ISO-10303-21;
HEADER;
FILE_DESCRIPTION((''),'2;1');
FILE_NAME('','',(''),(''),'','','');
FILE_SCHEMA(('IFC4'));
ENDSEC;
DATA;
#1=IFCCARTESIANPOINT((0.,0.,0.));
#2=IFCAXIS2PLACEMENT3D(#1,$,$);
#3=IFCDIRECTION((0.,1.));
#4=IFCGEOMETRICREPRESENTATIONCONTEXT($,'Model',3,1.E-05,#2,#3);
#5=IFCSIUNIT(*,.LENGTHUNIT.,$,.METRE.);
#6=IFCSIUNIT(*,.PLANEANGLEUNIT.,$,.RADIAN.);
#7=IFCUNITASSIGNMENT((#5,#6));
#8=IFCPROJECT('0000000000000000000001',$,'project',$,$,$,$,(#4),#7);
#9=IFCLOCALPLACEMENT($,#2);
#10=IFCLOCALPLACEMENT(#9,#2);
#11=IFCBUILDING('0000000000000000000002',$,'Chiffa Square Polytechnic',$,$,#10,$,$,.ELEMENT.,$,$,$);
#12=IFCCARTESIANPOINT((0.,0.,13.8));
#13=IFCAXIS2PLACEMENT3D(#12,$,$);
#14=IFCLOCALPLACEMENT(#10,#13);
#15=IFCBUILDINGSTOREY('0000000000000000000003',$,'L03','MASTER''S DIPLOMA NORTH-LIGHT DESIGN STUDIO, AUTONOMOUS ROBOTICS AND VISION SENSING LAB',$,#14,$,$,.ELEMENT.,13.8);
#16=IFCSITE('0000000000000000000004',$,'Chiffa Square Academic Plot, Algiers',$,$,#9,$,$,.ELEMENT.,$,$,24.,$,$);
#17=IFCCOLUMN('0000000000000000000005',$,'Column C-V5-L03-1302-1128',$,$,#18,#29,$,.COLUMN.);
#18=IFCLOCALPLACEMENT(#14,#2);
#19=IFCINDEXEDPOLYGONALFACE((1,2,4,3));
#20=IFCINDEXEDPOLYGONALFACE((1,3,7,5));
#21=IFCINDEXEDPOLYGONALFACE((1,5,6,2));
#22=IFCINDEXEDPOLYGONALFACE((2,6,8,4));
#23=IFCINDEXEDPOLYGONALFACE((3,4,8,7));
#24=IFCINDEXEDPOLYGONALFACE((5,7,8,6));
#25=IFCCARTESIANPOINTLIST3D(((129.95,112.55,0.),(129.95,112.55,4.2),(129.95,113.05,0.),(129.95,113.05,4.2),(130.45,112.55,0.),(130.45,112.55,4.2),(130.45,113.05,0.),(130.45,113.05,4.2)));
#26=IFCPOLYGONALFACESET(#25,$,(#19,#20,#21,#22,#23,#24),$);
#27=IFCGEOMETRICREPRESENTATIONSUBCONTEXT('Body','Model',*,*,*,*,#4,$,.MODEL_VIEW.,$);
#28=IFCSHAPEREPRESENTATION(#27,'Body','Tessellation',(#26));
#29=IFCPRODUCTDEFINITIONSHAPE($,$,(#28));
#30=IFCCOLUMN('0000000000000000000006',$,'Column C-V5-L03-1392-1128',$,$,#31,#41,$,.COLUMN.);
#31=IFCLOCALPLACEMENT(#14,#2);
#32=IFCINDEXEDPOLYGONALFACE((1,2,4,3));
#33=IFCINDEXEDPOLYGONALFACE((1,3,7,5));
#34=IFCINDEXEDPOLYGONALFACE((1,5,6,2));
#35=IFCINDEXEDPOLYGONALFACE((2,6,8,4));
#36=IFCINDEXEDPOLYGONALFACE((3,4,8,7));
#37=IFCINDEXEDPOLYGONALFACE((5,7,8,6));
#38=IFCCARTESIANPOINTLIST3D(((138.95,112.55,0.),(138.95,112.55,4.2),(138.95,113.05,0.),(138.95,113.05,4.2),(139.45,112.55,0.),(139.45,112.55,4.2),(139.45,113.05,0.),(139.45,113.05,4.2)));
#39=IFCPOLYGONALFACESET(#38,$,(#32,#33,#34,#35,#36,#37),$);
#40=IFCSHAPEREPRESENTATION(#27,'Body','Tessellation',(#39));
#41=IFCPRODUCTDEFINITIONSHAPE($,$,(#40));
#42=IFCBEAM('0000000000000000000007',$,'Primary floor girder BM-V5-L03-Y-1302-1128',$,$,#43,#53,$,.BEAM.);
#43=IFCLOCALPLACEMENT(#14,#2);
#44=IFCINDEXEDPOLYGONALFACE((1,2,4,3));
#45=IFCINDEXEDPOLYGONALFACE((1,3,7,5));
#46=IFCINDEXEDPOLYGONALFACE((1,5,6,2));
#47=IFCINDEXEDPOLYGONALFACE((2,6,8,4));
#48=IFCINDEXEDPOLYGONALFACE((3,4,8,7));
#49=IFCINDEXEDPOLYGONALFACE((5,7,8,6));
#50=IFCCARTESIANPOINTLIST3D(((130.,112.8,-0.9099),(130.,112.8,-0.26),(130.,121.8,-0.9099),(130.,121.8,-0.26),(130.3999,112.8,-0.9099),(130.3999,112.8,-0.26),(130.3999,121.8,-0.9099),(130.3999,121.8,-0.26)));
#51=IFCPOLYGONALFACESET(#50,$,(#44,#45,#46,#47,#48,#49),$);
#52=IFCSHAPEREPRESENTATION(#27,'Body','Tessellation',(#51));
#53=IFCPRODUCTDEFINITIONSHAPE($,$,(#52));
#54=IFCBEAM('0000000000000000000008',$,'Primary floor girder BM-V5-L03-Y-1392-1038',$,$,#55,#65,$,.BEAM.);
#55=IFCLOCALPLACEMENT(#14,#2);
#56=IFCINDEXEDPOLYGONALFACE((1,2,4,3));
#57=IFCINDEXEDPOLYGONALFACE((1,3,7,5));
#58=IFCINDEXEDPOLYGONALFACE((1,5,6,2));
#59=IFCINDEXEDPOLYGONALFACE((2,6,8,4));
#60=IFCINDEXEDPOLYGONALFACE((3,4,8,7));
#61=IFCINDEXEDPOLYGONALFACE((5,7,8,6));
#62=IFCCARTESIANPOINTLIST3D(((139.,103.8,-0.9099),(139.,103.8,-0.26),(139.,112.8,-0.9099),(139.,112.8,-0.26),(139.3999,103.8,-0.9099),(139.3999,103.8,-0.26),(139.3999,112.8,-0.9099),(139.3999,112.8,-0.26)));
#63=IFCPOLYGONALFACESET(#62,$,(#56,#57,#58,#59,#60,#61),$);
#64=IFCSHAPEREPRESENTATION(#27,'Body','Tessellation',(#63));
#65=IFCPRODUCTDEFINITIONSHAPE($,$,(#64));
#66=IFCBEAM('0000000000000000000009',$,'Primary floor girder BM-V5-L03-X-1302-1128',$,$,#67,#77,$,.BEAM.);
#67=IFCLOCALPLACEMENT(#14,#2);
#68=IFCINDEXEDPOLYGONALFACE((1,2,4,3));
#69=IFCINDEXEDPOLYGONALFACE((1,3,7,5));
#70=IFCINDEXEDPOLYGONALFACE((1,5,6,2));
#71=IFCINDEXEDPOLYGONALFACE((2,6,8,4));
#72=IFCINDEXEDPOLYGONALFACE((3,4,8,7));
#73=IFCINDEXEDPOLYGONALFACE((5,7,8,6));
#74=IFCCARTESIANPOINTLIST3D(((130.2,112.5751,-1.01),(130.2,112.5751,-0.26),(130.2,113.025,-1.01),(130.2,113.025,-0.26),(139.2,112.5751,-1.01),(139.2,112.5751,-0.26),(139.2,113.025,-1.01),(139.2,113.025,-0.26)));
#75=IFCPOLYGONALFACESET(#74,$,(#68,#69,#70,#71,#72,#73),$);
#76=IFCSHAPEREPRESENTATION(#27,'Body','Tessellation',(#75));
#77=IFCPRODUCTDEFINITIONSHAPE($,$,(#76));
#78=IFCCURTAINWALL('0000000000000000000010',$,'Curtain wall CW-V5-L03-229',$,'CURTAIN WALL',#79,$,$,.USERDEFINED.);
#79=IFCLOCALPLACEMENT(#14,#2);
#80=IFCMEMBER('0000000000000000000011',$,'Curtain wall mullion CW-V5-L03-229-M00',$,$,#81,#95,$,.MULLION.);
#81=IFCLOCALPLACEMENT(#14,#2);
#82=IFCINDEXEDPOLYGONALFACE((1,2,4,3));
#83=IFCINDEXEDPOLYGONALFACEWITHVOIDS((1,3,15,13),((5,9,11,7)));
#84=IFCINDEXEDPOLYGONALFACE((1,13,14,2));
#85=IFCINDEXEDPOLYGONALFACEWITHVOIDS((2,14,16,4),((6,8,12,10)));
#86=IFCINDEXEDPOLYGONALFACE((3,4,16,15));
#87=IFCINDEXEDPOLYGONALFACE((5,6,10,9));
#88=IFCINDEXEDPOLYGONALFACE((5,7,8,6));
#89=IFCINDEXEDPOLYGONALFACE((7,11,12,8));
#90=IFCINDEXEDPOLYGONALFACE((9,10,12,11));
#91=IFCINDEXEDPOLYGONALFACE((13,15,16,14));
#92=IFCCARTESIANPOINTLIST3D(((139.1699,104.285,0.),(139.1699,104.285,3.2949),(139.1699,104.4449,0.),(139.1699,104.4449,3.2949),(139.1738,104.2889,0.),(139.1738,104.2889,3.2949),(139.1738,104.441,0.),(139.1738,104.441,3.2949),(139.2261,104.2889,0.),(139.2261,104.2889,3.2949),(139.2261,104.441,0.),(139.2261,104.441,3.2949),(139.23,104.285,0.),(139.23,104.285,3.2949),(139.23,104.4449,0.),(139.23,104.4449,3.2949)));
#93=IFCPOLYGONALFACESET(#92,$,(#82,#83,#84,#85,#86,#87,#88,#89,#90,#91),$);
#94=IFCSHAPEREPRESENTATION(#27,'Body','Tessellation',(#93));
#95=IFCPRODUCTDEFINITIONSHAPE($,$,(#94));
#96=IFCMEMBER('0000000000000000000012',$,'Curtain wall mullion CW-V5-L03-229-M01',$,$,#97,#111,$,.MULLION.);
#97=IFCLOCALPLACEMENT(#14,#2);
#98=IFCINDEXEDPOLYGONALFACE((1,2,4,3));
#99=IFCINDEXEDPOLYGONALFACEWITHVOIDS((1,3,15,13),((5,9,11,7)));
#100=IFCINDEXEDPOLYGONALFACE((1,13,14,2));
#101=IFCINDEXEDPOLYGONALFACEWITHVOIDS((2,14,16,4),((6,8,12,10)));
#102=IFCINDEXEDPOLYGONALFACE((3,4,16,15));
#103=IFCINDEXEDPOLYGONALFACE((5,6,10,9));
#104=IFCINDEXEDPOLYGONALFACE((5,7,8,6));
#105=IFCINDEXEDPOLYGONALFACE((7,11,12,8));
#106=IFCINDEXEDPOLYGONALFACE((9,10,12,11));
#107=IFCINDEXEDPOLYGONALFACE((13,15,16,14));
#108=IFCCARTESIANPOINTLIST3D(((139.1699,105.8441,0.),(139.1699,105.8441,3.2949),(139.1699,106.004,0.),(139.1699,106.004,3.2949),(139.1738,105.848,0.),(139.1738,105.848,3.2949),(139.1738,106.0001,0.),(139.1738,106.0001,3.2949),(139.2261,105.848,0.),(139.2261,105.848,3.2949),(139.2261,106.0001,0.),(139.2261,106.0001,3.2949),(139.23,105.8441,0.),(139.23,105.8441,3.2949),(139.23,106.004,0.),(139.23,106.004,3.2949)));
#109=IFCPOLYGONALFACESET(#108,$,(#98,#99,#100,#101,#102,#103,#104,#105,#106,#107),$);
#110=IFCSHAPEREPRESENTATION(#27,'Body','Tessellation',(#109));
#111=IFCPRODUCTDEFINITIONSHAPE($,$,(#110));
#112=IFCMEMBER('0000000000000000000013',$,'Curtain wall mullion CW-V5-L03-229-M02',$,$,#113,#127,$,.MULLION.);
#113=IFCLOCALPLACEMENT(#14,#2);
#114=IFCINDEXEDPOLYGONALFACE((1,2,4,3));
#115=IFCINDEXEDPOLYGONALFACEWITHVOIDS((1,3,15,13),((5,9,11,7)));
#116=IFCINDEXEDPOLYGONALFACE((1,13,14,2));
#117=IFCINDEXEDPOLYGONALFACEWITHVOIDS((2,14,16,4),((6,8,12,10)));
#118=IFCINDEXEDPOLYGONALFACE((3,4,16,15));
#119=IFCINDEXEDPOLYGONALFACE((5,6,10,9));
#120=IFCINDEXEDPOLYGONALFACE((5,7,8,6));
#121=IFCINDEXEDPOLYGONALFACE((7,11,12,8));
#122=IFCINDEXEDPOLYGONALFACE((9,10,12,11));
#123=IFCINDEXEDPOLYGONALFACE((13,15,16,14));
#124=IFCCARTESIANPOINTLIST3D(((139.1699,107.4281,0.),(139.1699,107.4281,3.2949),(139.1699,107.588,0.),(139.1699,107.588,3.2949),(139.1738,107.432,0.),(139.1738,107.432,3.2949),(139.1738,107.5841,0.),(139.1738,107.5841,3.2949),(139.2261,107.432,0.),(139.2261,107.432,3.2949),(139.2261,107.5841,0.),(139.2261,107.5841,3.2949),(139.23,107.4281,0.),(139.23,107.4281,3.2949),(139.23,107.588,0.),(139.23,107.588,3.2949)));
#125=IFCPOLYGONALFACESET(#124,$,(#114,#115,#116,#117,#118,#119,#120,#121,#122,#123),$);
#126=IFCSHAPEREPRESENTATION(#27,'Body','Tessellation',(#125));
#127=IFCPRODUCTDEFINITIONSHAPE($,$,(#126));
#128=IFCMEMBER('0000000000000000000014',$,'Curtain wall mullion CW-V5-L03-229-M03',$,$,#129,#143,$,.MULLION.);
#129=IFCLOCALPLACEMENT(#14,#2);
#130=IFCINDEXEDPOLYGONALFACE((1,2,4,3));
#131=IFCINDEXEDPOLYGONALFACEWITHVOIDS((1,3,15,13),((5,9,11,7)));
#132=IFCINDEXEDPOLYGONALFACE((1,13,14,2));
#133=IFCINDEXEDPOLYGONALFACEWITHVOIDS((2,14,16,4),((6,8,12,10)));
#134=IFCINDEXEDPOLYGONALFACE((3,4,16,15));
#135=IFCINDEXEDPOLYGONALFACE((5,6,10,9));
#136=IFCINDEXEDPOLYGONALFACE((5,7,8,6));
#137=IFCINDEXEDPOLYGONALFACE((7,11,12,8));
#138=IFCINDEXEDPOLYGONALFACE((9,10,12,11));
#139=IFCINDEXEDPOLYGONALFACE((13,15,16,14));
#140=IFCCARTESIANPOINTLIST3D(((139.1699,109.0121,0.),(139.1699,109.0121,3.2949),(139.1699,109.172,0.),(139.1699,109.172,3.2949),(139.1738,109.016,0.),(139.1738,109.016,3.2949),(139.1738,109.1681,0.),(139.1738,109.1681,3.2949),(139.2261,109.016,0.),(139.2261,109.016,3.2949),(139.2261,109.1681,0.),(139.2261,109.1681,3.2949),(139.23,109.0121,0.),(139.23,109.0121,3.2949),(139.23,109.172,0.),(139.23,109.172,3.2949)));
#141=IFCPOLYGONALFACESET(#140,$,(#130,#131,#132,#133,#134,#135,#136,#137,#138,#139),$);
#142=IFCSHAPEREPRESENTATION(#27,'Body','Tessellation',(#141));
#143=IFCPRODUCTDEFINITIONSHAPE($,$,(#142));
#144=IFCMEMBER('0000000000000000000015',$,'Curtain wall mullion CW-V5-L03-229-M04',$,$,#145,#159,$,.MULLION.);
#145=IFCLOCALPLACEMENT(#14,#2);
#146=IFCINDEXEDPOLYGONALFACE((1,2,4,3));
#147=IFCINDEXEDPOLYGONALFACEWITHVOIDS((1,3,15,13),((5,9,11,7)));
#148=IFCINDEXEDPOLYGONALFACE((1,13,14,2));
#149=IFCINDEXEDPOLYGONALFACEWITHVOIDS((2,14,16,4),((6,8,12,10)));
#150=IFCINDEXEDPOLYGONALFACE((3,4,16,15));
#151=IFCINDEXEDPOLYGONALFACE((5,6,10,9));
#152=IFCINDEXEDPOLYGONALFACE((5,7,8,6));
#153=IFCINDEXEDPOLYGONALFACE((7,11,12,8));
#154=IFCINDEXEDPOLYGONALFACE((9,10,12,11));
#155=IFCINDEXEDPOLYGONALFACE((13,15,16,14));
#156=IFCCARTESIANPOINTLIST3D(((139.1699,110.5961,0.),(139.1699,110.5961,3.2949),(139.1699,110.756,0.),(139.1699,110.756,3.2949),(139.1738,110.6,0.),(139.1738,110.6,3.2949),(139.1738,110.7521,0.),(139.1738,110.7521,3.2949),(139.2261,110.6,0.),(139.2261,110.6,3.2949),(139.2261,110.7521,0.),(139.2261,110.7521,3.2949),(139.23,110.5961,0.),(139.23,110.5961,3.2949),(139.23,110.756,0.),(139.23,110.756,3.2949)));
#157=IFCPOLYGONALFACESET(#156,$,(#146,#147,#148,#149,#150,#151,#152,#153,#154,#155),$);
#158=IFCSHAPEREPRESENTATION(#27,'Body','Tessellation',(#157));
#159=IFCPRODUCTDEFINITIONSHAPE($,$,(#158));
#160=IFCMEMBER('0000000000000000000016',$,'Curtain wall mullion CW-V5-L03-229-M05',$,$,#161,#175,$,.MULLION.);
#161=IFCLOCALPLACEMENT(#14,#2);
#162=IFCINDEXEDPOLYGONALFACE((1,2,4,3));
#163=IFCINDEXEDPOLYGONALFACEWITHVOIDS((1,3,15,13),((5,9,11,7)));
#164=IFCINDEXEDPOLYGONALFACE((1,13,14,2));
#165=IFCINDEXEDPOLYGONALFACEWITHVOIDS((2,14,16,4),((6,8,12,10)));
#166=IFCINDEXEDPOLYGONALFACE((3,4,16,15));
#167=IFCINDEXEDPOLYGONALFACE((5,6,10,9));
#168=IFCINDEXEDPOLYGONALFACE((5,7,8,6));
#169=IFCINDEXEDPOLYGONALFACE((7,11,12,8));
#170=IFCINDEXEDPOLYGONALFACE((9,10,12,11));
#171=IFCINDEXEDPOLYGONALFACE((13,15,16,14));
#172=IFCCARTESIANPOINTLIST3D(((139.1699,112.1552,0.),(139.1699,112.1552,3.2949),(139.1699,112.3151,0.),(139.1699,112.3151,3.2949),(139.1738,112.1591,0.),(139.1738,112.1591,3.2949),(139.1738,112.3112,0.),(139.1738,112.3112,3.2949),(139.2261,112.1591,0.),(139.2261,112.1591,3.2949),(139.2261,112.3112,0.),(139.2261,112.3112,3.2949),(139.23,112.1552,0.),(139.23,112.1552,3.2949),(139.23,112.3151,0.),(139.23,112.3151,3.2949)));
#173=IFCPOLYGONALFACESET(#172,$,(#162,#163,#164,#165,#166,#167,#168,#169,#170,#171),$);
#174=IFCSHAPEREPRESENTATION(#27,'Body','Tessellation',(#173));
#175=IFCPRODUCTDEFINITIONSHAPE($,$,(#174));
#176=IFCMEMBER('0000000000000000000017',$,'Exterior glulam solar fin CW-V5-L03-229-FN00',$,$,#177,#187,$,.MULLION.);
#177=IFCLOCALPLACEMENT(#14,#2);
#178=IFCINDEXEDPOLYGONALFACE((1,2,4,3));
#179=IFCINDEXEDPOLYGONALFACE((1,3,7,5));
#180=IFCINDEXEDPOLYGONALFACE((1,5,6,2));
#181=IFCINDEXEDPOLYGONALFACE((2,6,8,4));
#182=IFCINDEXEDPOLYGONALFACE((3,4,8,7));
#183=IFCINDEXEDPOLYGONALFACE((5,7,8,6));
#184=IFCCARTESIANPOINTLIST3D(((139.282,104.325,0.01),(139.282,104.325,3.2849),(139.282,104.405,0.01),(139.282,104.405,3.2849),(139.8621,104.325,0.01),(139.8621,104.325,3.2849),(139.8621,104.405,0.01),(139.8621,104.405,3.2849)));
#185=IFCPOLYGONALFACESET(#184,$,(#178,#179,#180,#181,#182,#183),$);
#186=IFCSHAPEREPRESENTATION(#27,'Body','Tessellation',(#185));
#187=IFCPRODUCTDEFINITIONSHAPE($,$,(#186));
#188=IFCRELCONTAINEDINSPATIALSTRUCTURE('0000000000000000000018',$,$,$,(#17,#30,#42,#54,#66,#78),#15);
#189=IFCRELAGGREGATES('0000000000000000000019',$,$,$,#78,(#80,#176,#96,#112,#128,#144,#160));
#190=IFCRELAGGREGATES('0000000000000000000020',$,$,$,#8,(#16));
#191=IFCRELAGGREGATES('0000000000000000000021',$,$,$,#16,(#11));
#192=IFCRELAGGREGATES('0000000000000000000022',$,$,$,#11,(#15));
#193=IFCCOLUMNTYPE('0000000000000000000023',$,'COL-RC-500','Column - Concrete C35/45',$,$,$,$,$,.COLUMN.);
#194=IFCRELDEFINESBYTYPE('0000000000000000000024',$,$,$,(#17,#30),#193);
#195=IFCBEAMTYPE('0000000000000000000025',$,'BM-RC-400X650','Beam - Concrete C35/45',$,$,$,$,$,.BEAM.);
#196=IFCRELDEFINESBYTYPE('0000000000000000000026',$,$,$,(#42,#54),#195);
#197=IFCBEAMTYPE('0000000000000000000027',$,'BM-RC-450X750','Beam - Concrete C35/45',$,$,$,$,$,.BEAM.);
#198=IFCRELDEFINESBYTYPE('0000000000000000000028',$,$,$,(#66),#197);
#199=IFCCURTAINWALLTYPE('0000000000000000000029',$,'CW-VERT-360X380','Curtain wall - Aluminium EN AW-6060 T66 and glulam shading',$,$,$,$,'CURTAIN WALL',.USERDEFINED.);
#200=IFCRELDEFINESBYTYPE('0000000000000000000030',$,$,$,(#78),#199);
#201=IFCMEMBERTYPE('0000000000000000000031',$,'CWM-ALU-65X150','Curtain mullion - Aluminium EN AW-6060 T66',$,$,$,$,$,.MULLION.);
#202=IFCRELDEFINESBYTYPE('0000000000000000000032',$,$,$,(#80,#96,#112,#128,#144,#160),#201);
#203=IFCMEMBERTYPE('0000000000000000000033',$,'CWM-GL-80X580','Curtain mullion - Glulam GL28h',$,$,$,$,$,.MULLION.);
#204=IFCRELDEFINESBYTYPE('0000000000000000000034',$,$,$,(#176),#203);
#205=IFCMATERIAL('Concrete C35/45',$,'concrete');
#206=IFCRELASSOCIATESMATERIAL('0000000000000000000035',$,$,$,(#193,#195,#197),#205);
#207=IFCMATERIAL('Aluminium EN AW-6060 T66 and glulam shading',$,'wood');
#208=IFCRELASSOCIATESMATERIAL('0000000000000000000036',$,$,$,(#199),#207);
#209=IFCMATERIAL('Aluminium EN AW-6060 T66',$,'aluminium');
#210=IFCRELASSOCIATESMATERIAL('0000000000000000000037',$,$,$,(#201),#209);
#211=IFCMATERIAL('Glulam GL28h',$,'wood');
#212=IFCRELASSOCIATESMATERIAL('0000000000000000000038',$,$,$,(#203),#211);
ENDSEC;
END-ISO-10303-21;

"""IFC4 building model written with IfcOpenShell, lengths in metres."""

from ifc_helpers import new_model, si_unit, direction, frame, origin, origin_2d, place, context, subcontext, project, spatial, rectangle, hollow_rectangle, extrude, material, material_profile, profile_set, type_object, element, aggregate, save


model = new_model("IFC4")

# Units and contexts
model_context = context("Model", 3, precision=1e-05, world=origin(), true_north=direction((0.0, 1.0)))
body_context = subcontext(model_context, "Body", "Model", "MODEL_VIEW")
ifc_project = project(units=[si_unit("LENGTHUNIT", "METRE"), si_unit("PLANEANGLEUNIT", "RADIAN")], contexts=[model_context])

# Site, building, storey
site_placement = place(None, origin())
site = spatial("IfcSite", under=ifc_project, at=site_placement, Name="Chiffa Square Academic Plot, Algiers", CompositionType="ELEMENT", RefElevation=24.0)
building_placement = place(site_placement, origin())
building = spatial("IfcBuilding", under=site, at=building_placement, Name="Chiffa Square Polytechnic", CompositionType="ELEMENT")
storey_placement = place(building_placement, frame((0.0, 0.0, 13.8)))
storey = spatial("IfcBuildingStorey", under=building, at=storey_placement, Name="L03", Description="MASTER'S DIPLOMA NORTH-LIGHT DESIGN STUDIO, AUTONOMOUS ROBOTICS AND VISION SENSING LAB", CompositionType="ELEMENT", Elevation=13.8)

# Columns
ifc_material_1 = material(Name="Concrete C35/45", Category="concrete")
ifc_material_profile_1 = material_profile(ifc_material_1, rectangle(XDim=0.5, YDim=0.5, at=origin_2d()), Name="RC 500x500")
ifc_profile_set_1 = profile_set([ifc_material_profile_1], Name="Concrete C35/45")
column_type = type_object("IfcColumnType", Name="COL-RC-500", Description="Column - Concrete C35/45", PredefinedType="COLUMN", material=ifc_profile_set_1)
for number, where, z_axis, x_axis, name in (
    (1, (130.2, 112.8, 0.0), (0.0, 0.0, 1.0), (1.0, 0.0, 0.0), "Column C-V5-L03-1302-1128"),
    (2, (139.2, 112.8, 0.0), (0.0, 0.0, 1.0), (1.0, 0.0, 0.0), "Column C-V5-L03-1392-1128"),
):
    element("IfcColumn", number, at=place(storey_placement, frame(where, z_axis=z_axis, x_axis=x_axis)), inside=storey, type_object=column_type, Name=name, PredefinedType="COLUMN", context=body_context, shape_type="SweptSolid", body=[
        extrude(rectangle(XDim=0.5, YDim=0.5, at=origin_2d()), origin(), (0.0, 0.0, 1.0), 4.2),
    ])

# Beams
ifc_material_profile_2 = material_profile(ifc_material_1, rectangle(XDim=0.3999, YDim=0.6499, at=origin_2d()), Name="RC 400x650")
ifc_profile_set_2 = profile_set([ifc_material_profile_2], Name="Concrete C35/45")
beam_type_1 = type_object("IfcBeamType", Name="BM-RC-400X650", Description="Beam - Concrete C35/45", PredefinedType="BEAM", material=ifc_profile_set_2)
for number, where, z_axis, x_axis, name in (
    (3, (130.2, 112.8, -0.585), (0.0, 1.0, 0.0), (-1.0, 0.0, 0.0), "Primary floor girder BM-V5-L03-Y-1302-1128"),
    (4, (139.2, 103.8, -0.585), (0.0, 1.0, 0.0), (-1.0, 0.0, 0.0), "Primary floor girder BM-V5-L03-Y-1392-1038"),
):
    element("IfcBeam", number, at=place(storey_placement, frame(where, z_axis=z_axis, x_axis=x_axis)), inside=storey, type_object=beam_type_1, Name=name, PredefinedType="BEAM", context=body_context, shape_type="SweptSolid", body=[
        extrude(rectangle(XDim=0.3999, YDim=0.6499, at=origin_2d()), origin(), (0.0, 0.0, 1.0), 9.0),
    ])
ifc_material_profile_3 = material_profile(ifc_material_1, rectangle(XDim=0.45, YDim=0.75, at=origin_2d()), Name="RC 450x750")
ifc_profile_set_3 = profile_set([ifc_material_profile_3], Name="Concrete C35/45")
beam_type_2 = type_object("IfcBeamType", Name="BM-RC-450X750", Description="Beam - Concrete C35/45", PredefinedType="BEAM", material=ifc_profile_set_3)
beam_placement = place(storey_placement, frame((130.2, 112.8, -0.635), z_axis=(1.0, 0.0, 0.0), x_axis=(0.0, 1.0, 0.0)))
element("IfcBeam", 5, at=beam_placement, inside=storey, type_object=beam_type_2, Name="Primary floor girder BM-V5-L03-X-1302-1128", PredefinedType="BEAM", context=body_context, shape_type="SweptSolid", body=[
    extrude(rectangle(XDim=0.45, YDim=0.75, at=origin_2d()), origin(), (0.0, 0.0, 1.0), 9.0),
])

# Curtain wall, members
ifc_material_2 = material(Name="Aluminium EN AW-6060 T66 and glulam shading", Category="wood")
curtain_wall_type = type_object("IfcCurtainWallType", Name="CW-VERT-360X380", Description="Curtain wall - Aluminium EN AW-6060 T66 and glulam shading", ElementType="CURTAIN WALL", PredefinedType="USERDEFINED", material=ifc_material_2)
curtain_wall_placement = place(storey_placement, origin())
curtain_wall = element("IfcCurtainWall", 6, at=curtain_wall_placement, inside=storey, type_object=curtain_wall_type, Name="Curtain wall CW-V5-L03-229", ObjectType="CURTAIN WALL", PredefinedType="USERDEFINED")
ifc_material_3 = material(Name="Aluminium EN AW-6060 T66", Category="aluminium")
ifc_material_profile_4 = material_profile(ifc_material_3, hollow_rectangle(XDim=0.0601, YDim=0.1599, WallThickness=0.0039, at=origin_2d()), Name="ALU 60x160x4")
ifc_profile_set_4 = profile_set([ifc_material_profile_4], Name="Aluminium EN AW-6060 T66")
member_type_1 = type_object("IfcMemberType", Name="CWM-ALU-65X150", Description="Curtain mullion - Aluminium EN AW-6060 T66", PredefinedType="MULLION", material=ifc_profile_set_4)
member_1_placement = place(storey_placement, frame((139.2, 104.365, 0.0), z_axis=(0.0, 0.0, 1.0), x_axis=(1.0, 0.0, 0.0)))
member_1 = element("IfcMember", 7, at=member_1_placement, type_object=member_type_1, Name="Curtain wall mullion CW-V5-L03-229-M00", PredefinedType="MULLION", context=body_context, shape_type="SweptSolid", body=[
    extrude(hollow_rectangle(XDim=0.0601, YDim=0.1599, WallThickness=0.0039, at=origin_2d()), origin(), (0.0, 0.0, 1.0), 3.2949),
])
member_2_placement = place(storey_placement, frame((139.2, 105.9241, 0.0), z_axis=(0.0, 0.0, 1.0), x_axis=(1.0, 0.0, 0.0)))
member_2 = element("IfcMember", 8, at=member_2_placement, type_object=member_type_1, Name="Curtain wall mullion CW-V5-L03-229-M01", PredefinedType="MULLION", context=body_context, shape_type="SweptSolid", body=[
    extrude(hollow_rectangle(XDim=0.0601, YDim=0.1599, WallThickness=0.0039, at=origin_2d()), origin(), (0.0, 0.0, 1.0), 3.2949),
])
member_3_placement = place(storey_placement, frame((139.2, 107.5081, 0.0), z_axis=(0.0, 0.0, 1.0), x_axis=(1.0, 0.0, 0.0)))
member_3 = element("IfcMember", 9, at=member_3_placement, type_object=member_type_1, Name="Curtain wall mullion CW-V5-L03-229-M02", PredefinedType="MULLION", context=body_context, shape_type="SweptSolid", body=[
    extrude(hollow_rectangle(XDim=0.0601, YDim=0.1599, WallThickness=0.0039, at=origin_2d()), origin(), (0.0, 0.0, 1.0), 3.2949),
])
member_4_placement = place(storey_placement, frame((139.2, 109.092, 0.0), z_axis=(0.0, 0.0, 1.0), x_axis=(1.0, 0.0, 0.0)))
member_4 = element("IfcMember", 10, at=member_4_placement, type_object=member_type_1, Name="Curtain wall mullion CW-V5-L03-229-M03", PredefinedType="MULLION", context=body_context, shape_type="SweptSolid", body=[
    extrude(hollow_rectangle(XDim=0.0601, YDim=0.1599, WallThickness=0.0039, at=origin_2d()), origin(), (0.0, 0.0, 1.0), 3.2949),
])
member_5_placement = place(storey_placement, frame((139.2, 110.676, 0.0), z_axis=(0.0, 0.0, 1.0), x_axis=(1.0, 0.0, 0.0)))
member_5 = element("IfcMember", 11, at=member_5_placement, type_object=member_type_1, Name="Curtain wall mullion CW-V5-L03-229-M04", PredefinedType="MULLION", context=body_context, shape_type="SweptSolid", body=[
    extrude(hollow_rectangle(XDim=0.0601, YDim=0.1599, WallThickness=0.0039, at=origin_2d()), origin(), (0.0, 0.0, 1.0), 3.2949),
])
member_6_placement = place(storey_placement, frame((139.2, 112.2351, 0.0), z_axis=(0.0, 0.0, 1.0), x_axis=(1.0, 0.0, 0.0)))
member_6 = element("IfcMember", 12, at=member_6_placement, type_object=member_type_1, Name="Curtain wall mullion CW-V5-L03-229-M05", PredefinedType="MULLION", context=body_context, shape_type="SweptSolid", body=[
    extrude(hollow_rectangle(XDim=0.0601, YDim=0.1599, WallThickness=0.0039, at=origin_2d()), origin(), (0.0, 0.0, 1.0), 3.2949),
])
ifc_material_4 = material(Name="Glulam GL28h", Category="wood")
ifc_material_profile_5 = material_profile(ifc_material_4, rectangle(XDim=0.0801, YDim=0.5801, at=origin_2d()), Name="GL28h 80x580")
ifc_profile_set_5 = profile_set([ifc_material_profile_5], Name="Glulam GL28h")
member_type_2 = type_object("IfcMemberType", Name="CWM-GL-80X580", Description="Curtain mullion - Glulam GL28h", PredefinedType="MULLION", material=ifc_profile_set_5)
member_7_placement = place(storey_placement, frame((139.572, 104.365, 0.01), z_axis=(0.0, 0.0, 1.0), x_axis=(0.0, 1.0, 0.0)))
member_7 = element("IfcMember", 13, at=member_7_placement, type_object=member_type_2, Name="Exterior glulam solar fin CW-V5-L03-229-FN00", PredefinedType="MULLION", context=body_context, shape_type="SweptSolid", body=[
    extrude(rectangle(XDim=0.0801, YDim=0.5801, at=origin_2d()), origin(), (0.0, 0.0, 1.0), 3.2749),
])

aggregate(curtain_wall, [member_1, member_7, member_2, member_3, member_4, member_5, member_6])

save(model, "model.ifc")
